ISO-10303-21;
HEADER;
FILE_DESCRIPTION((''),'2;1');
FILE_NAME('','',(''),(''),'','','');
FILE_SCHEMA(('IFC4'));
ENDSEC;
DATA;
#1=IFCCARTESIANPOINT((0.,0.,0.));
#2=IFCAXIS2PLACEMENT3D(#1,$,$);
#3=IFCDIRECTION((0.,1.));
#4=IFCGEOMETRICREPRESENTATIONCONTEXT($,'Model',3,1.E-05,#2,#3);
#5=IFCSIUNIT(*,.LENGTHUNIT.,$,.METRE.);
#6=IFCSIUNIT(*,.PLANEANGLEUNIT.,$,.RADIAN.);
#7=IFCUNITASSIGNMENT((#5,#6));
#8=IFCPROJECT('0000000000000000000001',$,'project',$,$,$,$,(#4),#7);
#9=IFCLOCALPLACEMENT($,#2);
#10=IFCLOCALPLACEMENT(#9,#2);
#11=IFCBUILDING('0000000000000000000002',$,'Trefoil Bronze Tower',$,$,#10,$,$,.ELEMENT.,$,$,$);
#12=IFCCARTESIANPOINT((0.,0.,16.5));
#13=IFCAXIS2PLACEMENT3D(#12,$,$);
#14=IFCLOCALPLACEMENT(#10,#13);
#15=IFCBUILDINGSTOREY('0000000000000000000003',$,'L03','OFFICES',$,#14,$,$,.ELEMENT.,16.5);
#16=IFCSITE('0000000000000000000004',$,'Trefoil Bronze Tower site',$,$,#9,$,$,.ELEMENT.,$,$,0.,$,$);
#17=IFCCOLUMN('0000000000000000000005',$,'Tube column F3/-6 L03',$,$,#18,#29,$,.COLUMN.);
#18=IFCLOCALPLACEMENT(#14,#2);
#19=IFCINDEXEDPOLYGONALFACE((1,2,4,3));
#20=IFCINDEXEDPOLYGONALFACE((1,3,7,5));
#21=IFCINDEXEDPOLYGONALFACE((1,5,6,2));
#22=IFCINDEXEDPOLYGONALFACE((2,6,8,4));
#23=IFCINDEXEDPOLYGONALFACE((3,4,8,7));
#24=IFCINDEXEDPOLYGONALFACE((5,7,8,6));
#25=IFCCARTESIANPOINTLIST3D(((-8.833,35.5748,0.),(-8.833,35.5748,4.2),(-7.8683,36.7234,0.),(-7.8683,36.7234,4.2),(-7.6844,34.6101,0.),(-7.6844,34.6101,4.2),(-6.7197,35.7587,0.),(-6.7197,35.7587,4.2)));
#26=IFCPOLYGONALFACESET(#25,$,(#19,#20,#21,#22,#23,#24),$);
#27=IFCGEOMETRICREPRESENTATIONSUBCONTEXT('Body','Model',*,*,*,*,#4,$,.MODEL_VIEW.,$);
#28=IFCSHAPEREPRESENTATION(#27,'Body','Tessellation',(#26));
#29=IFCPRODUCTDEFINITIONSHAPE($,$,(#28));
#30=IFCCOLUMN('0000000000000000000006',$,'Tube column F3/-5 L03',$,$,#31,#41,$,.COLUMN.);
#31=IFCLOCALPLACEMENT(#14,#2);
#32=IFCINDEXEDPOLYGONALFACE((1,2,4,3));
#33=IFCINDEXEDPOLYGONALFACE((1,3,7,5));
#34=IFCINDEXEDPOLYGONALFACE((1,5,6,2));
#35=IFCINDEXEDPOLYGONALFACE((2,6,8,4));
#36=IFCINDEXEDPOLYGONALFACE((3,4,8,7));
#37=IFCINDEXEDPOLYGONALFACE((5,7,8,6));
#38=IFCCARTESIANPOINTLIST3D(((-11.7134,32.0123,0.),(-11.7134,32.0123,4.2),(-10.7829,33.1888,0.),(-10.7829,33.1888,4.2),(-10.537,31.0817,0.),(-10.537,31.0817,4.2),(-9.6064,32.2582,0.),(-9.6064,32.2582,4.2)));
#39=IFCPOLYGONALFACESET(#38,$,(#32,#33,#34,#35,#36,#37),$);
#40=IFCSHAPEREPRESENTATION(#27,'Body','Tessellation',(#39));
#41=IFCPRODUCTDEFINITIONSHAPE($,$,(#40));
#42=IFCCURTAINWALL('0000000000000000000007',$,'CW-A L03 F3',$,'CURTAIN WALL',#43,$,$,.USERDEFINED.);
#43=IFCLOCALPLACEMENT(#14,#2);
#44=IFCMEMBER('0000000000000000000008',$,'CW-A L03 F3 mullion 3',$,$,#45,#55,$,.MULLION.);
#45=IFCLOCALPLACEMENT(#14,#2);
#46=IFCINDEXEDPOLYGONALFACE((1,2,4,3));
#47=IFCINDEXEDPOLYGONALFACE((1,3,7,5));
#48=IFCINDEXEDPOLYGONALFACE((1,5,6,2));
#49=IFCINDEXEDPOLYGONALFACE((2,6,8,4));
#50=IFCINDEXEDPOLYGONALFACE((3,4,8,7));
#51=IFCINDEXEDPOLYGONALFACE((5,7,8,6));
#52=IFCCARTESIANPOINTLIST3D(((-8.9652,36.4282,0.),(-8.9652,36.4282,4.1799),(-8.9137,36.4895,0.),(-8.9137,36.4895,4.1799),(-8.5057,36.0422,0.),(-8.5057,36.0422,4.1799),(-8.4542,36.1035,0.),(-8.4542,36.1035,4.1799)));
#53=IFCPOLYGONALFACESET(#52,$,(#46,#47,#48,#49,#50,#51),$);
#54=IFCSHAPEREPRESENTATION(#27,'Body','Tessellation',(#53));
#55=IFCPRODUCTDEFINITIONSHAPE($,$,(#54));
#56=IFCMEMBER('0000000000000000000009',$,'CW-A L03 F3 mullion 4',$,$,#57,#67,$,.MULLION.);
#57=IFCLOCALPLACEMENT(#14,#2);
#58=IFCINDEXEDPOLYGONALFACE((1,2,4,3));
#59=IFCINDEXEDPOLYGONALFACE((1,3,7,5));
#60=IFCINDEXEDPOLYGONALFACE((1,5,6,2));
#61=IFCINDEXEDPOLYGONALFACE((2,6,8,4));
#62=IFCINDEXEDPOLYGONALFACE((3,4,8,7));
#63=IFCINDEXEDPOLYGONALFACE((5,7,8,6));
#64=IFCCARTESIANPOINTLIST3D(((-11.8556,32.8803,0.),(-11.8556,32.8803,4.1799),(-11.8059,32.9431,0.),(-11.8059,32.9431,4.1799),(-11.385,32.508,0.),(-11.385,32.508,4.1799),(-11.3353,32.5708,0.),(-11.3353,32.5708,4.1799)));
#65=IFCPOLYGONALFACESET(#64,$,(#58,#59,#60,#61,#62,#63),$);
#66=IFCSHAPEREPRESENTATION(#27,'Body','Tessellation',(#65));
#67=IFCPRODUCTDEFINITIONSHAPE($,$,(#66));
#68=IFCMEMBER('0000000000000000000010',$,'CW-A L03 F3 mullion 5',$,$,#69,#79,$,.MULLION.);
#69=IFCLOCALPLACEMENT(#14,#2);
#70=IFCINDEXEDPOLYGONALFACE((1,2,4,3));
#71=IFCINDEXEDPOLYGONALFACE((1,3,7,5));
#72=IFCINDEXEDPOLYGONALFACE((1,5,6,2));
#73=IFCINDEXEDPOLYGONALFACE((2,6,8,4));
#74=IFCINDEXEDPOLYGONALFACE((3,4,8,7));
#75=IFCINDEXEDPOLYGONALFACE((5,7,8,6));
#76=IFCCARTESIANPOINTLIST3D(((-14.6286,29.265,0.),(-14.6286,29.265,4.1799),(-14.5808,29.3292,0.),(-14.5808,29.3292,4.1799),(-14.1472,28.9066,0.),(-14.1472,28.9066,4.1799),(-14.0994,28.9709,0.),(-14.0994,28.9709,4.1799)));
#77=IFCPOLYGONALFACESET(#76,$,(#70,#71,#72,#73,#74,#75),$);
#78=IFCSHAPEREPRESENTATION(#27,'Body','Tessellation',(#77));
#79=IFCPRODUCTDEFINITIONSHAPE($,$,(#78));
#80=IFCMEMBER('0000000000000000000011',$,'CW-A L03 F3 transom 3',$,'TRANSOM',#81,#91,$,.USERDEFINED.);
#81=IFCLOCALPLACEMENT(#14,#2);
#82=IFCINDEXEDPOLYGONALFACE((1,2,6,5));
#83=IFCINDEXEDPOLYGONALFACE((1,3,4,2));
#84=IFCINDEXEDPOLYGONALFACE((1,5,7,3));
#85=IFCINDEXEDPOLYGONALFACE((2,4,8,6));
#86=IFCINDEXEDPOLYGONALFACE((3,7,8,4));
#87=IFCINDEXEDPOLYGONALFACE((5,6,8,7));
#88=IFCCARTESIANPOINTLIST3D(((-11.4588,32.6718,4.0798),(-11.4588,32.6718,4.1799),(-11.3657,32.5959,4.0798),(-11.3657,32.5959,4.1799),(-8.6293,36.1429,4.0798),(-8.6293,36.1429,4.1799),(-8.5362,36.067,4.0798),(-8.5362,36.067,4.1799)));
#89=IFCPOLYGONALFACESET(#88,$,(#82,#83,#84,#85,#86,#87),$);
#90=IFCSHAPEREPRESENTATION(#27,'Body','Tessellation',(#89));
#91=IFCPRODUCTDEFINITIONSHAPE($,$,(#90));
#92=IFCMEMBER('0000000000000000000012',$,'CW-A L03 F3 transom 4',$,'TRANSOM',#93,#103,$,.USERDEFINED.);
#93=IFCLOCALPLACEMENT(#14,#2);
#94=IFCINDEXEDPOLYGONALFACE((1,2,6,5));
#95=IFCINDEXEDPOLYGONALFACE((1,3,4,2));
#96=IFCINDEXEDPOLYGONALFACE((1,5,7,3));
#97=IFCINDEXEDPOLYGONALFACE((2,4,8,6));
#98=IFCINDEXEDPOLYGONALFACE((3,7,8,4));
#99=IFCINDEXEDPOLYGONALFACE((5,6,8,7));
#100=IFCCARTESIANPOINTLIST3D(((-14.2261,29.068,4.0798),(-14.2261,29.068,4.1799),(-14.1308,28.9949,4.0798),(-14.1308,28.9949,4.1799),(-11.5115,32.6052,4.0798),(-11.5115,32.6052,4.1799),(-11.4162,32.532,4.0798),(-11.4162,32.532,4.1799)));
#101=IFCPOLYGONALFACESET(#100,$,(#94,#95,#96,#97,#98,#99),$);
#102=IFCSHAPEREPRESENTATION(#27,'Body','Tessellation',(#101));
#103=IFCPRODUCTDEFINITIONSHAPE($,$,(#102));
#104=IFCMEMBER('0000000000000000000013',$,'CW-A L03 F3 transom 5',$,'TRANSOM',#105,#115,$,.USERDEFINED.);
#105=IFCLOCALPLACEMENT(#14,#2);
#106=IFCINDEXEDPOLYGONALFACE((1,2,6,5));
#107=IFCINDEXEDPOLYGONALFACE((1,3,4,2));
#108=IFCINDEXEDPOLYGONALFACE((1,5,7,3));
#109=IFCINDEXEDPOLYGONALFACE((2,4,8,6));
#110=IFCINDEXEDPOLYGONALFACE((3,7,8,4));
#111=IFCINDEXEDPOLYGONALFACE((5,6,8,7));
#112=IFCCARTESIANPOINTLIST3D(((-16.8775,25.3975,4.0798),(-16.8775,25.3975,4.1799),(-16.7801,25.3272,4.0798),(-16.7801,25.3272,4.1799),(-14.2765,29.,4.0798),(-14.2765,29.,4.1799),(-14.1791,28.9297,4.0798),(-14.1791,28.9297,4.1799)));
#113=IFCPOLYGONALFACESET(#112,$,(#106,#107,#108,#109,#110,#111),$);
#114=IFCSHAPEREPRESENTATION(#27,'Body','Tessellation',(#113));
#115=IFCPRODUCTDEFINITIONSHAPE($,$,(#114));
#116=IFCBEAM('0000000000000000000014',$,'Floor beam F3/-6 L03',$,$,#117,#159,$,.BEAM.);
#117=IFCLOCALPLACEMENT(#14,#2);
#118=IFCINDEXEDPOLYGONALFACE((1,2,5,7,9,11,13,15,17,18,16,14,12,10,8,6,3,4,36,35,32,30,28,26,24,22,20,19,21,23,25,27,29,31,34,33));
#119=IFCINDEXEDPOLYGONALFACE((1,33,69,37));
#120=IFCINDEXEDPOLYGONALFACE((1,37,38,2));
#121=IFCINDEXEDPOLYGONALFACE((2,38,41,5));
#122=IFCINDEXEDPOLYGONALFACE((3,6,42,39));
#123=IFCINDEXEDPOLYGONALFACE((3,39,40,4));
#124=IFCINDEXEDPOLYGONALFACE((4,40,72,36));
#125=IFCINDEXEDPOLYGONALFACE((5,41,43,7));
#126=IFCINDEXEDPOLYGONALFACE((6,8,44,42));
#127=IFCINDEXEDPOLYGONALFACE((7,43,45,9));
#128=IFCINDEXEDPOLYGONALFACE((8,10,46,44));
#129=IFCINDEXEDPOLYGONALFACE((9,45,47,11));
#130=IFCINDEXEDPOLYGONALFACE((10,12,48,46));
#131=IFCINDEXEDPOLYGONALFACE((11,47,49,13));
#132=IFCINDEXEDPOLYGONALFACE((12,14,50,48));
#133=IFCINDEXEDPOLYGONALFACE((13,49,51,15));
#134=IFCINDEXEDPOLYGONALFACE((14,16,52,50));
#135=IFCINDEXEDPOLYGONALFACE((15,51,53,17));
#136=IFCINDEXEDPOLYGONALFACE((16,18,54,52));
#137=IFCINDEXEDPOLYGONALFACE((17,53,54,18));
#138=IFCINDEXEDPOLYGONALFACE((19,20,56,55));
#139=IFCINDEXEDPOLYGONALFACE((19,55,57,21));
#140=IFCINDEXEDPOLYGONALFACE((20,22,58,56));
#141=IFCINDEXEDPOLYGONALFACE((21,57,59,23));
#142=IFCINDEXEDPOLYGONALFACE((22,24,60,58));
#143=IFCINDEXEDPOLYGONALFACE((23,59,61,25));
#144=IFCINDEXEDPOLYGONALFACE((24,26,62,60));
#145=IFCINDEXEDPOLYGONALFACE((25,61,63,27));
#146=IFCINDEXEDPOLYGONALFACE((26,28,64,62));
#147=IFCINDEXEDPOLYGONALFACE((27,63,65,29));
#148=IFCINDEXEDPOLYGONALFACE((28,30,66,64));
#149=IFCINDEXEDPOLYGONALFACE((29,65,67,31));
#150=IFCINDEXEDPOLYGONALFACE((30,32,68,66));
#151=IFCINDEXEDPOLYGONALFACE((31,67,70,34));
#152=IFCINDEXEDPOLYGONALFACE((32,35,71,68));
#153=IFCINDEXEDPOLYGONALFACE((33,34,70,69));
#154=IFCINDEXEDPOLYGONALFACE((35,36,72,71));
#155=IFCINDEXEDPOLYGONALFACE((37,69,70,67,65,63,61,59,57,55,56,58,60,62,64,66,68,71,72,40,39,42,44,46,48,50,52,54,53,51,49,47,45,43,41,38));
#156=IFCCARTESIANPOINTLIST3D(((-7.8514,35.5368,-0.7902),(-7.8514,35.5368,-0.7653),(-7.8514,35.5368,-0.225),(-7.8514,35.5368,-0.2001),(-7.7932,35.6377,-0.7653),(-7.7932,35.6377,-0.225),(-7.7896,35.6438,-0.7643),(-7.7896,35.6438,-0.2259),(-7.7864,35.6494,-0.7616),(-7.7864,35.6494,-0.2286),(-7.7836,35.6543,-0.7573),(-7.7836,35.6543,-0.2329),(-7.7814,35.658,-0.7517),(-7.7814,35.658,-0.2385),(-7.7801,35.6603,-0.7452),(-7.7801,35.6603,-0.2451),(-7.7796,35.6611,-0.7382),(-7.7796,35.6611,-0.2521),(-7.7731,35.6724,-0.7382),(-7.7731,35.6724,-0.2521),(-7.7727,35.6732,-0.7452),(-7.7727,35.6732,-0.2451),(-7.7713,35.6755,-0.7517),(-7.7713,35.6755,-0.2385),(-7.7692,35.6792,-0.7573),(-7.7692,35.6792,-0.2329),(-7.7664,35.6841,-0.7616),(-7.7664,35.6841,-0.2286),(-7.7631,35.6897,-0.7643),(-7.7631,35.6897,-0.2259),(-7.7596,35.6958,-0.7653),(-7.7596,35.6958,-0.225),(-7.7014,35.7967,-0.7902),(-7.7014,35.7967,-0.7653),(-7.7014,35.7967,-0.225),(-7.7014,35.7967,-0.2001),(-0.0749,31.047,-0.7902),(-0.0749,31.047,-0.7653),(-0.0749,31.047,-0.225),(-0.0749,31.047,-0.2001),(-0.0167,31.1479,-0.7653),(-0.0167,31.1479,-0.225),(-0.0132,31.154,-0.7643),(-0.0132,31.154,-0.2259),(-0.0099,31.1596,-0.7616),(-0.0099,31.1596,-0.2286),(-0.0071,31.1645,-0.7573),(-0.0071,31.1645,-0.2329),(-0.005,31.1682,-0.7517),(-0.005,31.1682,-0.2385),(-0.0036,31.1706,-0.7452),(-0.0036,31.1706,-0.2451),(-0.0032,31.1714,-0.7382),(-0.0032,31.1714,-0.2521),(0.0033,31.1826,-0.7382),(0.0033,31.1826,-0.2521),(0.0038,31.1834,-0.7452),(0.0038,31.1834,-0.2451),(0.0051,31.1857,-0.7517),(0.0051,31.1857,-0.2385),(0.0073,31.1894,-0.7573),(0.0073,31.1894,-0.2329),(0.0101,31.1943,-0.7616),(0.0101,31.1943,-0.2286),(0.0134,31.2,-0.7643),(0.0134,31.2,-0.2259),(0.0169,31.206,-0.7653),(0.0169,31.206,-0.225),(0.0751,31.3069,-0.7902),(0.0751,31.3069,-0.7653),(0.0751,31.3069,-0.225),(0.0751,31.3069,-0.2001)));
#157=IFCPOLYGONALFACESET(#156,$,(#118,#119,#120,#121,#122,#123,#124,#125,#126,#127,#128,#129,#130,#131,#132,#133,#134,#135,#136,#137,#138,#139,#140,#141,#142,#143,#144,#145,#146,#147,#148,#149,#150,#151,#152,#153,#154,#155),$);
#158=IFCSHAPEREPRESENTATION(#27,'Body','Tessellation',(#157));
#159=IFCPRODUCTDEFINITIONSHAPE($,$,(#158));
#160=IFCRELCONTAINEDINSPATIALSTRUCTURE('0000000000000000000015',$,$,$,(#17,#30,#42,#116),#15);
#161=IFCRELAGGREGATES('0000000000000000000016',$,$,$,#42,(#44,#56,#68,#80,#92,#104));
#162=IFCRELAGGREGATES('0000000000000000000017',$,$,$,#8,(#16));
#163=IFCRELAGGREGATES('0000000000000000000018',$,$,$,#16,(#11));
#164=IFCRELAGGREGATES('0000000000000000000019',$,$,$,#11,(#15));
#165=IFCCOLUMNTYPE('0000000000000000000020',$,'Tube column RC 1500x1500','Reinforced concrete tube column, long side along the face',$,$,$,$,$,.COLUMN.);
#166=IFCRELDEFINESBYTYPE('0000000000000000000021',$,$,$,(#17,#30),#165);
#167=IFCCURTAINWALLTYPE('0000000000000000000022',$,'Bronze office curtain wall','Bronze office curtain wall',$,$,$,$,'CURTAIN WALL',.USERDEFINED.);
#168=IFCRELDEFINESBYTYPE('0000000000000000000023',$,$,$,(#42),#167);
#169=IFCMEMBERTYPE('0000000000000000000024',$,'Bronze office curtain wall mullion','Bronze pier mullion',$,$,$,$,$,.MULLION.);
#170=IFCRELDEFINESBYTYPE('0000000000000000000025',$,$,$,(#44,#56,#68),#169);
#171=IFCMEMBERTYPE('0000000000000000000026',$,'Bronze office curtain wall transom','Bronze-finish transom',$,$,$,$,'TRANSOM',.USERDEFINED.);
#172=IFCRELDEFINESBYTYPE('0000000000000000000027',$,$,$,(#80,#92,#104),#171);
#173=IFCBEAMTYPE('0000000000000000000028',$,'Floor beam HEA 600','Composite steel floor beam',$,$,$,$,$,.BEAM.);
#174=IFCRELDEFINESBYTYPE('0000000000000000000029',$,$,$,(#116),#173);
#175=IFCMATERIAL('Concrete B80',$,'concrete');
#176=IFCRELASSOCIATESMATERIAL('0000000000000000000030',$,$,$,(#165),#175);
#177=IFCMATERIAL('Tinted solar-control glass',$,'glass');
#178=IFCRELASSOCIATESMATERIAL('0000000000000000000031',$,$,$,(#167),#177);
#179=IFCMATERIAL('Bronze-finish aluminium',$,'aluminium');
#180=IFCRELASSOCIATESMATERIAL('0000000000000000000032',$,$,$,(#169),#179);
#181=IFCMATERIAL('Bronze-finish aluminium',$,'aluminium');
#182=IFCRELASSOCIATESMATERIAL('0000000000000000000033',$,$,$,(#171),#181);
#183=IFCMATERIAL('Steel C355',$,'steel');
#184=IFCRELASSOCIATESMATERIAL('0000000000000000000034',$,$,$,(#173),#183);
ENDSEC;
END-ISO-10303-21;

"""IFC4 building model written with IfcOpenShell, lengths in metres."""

from ifc_helpers import new_model, si_unit, direction, frame, origin, origin_2d, place, context, subcontext, project, spatial, rectangle, i_section, extrude, material, material_profile, profile_set, type_object, element, aggregate, save


model = new_model("IFC4")

# Units and contexts
model_context = context("Model", 3, precision=1e-05, world=origin(), true_north=direction((0.0, 1.0)))
body_context = subcontext(model_context, "Body", "Model", "MODEL_VIEW")
ifc_project = project(units=[si_unit("LENGTHUNIT", "METRE"), si_unit("PLANEANGLEUNIT", "RADIAN")], contexts=[model_context])

# Site, building, storey
site_placement = place(None, origin())
site = spatial("IfcSite", under=ifc_project, at=site_placement, Name="Trefoil Bronze Tower site", CompositionType="ELEMENT", RefElevation=0.0)
building_placement = place(site_placement, origin())
building = spatial("IfcBuilding", under=site, at=building_placement, Name="Trefoil Bronze Tower", CompositionType="ELEMENT")
storey_placement = place(building_placement, frame((0.0, 0.0, 16.5)))
storey = spatial("IfcBuildingStorey", under=building, at=storey_placement, Name="L03", Description="OFFICES", CompositionType="ELEMENT", Elevation=16.5)

# Columns
ifc_material_1 = material(Name="Concrete B80", Category="concrete")
ifc_material_profile_1 = material_profile(ifc_material_1, rectangle(XDim=1.5, YDim=1.5, at=origin_2d()), Name="RC 1500x1500")
ifc_profile_set_1 = profile_set([ifc_material_profile_1], Name="Concrete B80")
column_type = type_object("IfcColumnType", Name="Tube column RC 1500x1500", Description="Reinforced concrete tube column, long side along the face", PredefinedType="COLUMN", material=ifc_profile_set_1)
for number, where, z_axis, x_axis, name in (
    (1, (-7.7764, 35.6667, 0.0), (0.0, 0.0, 1.0), (-0.643163, -0.765729, 0.0), "Tube column F3/-6 L03"),
    (2, (-10.6599, 32.1353, 0.0), (0.0, 0.0, 1.0), (-0.620376, -0.784305, 0.0), "Tube column F3/-5 L03"),
):
    element("IfcColumn", number, at=place(storey_placement, frame(where, z_axis=z_axis, x_axis=x_axis)), inside=storey, type_object=column_type, Name=name, PredefinedType="COLUMN", context=body_context, shape_type="SweptSolid", body=[
        extrude(rectangle(XDim=1.5, YDim=1.5, at=origin_2d()), origin(), (0.0, 0.0, 1.0), 4.2),
    ])

# Curtain wall, members
ifc_material_2 = material(Name="Tinted solar-control glass", Category="glass")
curtain_wall_type = type_object("IfcCurtainWallType", Name="Bronze office curtain wall", Description="Bronze office curtain wall", ElementType="CURTAIN WALL", PredefinedType="USERDEFINED", material=ifc_material_2)
curtain_wall_placement = place(storey_placement, origin())
curtain_wall = element("IfcCurtainWall", 3, at=curtain_wall_placement, inside=storey, type_object=curtain_wall_type, Name="CW-A L03 F3", ObjectType="CURTAIN WALL", PredefinedType="USERDEFINED")
ifc_material_3 = material(Name="Bronze-finish aluminium", Category="aluminium")
ifc_material_profile_2 = material_profile(ifc_material_3, rectangle(XDim=0.6001, YDim=0.0801, at=origin_2d()), Name="CW-A mullion")
ifc_profile_set_2 = profile_set([ifc_material_profile_2], Name="Bronze-finish aluminium")
member_type_1 = type_object("IfcMemberType", Name="Bronze office curtain wall mullion", Description="Bronze pier mullion", PredefinedType="MULLION", material=ifc_profile_set_2)
member_1_placement = place(storey_placement, frame((-8.7097, 36.2659, 0.0), z_axis=(0.0, 0.0, 1.0), x_axis=(0.765729, -0.643163, 0.0)))
member_1 = element("IfcMember", 4, at=member_1_placement, type_object=member_type_1, Name="CW-A L03 F3 mullion 3", PredefinedType="MULLION", context=body_context, shape_type="SweptSolid", body=[
    extrude(rectangle(XDim=0.6001, YDim=0.0801, at=origin_2d()), origin(), (0.0, 0.0, 1.0), 4.1799),
])
member_2_placement = place(storey_placement, frame((-11.5955, 32.7256, 0.0), z_axis=(0.0, 0.0, 1.0), x_axis=(0.784305, -0.620376, 0.0)))
member_2 = element("IfcMember", 5, at=member_2_placement, type_object=member_type_1, Name="CW-A L03 F3 mullion 4", PredefinedType="MULLION", context=body_context, shape_type="SweptSolid", body=[
    extrude(rectangle(XDim=0.6001, YDim=0.0801, at=origin_2d()), origin(), (0.0, 0.0, 1.0), 4.1799),
])
member_3_placement = place(storey_placement, frame((-14.364, 29.1179, 0.0), z_axis=(0.0, 0.0, 1.0), x_axis=(0.802127, -0.597154, 0.0)))
member_3 = element("IfcMember", 6, at=member_3_placement, type_object=member_type_1, Name="CW-A L03 F3 mullion 5", PredefinedType="MULLION", context=body_context, shape_type="SweptSolid", body=[
    extrude(rectangle(XDim=0.6001, YDim=0.0801, at=origin_2d()), origin(), (0.0, 0.0, 1.0), 4.1799),
])
ifc_material_4 = material(Name="Bronze-finish aluminium", Category="aluminium")
ifc_material_profile_3 = material_profile(ifc_material_4, rectangle(XDim=0.1201, YDim=0.1001, at=origin_2d()), Name="CW-A transom")
ifc_profile_set_3 = profile_set([ifc_material_profile_3], Name="Bronze-finish aluminium")
member_type_2 = type_object("IfcMemberType", Name="Bronze office curtain wall transom", Description="Bronze-finish transom", ElementType="TRANSOM", PredefinedType="USERDEFINED", material=ifc_profile_set_3)
member_4_placement = place(storey_placement, frame((-8.5828, 36.105, 4.1299), z_axis=(-0.631836, -0.775102, 0.0), x_axis=(0.775102, -0.631836, 0.0)))
member_4 = element("IfcMember", 7, at=member_4_placement, type_object=member_type_2, Name="CW-A L03 F3 transom 3", ObjectType="TRANSOM", PredefinedType="USERDEFINED", context=body_context, shape_type="SweptSolid", body=[
    extrude(rectangle(XDim=0.1201, YDim=0.1001, at=origin_2d()), origin(), (0.0, 0.0, 1.0), 4.4783),
])
member_5_placement = place(storey_placement, frame((-11.4639, 32.5686, 4.1299), z_axis=(-0.608829, -0.793301, 0.0), x_axis=(0.793301, -0.608829, 0.0)))
member_5 = element("IfcMember", 8, at=member_5_placement, type_object=member_type_2, Name="CW-A L03 F3 transom 4", ObjectType="TRANSOM", PredefinedType="USERDEFINED", context=body_context, shape_type="SweptSolid", body=[
    extrude(rectangle(XDim=0.1201, YDim=0.1001, at=origin_2d()), origin(), (0.0, 0.0, 1.0), 4.4587),
])
member_6_placement = place(storey_placement, frame((-14.2278, 28.9648, 4.1299), z_axis=(-0.585378, -0.81076, 0.0), x_axis=(0.81076, -0.585378, 0.0)))
member_6 = element("IfcMember", 9, at=member_6_placement, type_object=member_type_2, Name="CW-A L03 F3 transom 5", ObjectType="TRANSOM", PredefinedType="USERDEFINED", context=body_context, shape_type="SweptSolid", body=[
    extrude(rectangle(XDim=0.1201, YDim=0.1001, at=origin_2d()), origin(), (0.0, 0.0, 1.0), 4.4434),
])

# Beam
ifc_material_5 = material(Name="Steel C355", Category="steel")
ifc_material_profile_4 = material_profile(ifc_material_5, i_section(OverallWidth=0.3, OverallDepth=0.5901, WebThickness=0.0129, FlangeThickness=0.0249, FilletRadius=0.0271, at=origin_2d()), Name="HEA 600")
ifc_profile_set_4 = profile_set([ifc_material_profile_4], Name="Steel C355")
beam_type_1 = type_object("IfcBeamType", Name="Floor beam HEA 600", Description="Composite steel floor beam", PredefinedType="BEAM", material=ifc_profile_set_4)
beam_1_placement = place(storey_placement, frame((-7.7764, 35.6667, -0.4951), z_axis=(0.866023, -0.500005, 0.0), x_axis=(0.500005, 0.866023, 0.0)))
element("IfcBeam", 10, at=beam_1_placement, inside=storey, type_object=beam_type_1, Name="Floor beam F3/-6 L03", PredefinedType="BEAM", context=body_context, shape_type="SweptSolid", body=[
    extrude(i_section(OverallWidth=0.3, OverallDepth=0.5901, WebThickness=0.0129, FlangeThickness=0.0249, FilletRadius=0.0271, at=origin_2d()), origin(), (0.0, 0.0, 1.0), 8.9795),
])

aggregate(curtain_wall, [member_1, member_2, member_3, member_4, member_5, member_6])

save(model, "model.ifc")
